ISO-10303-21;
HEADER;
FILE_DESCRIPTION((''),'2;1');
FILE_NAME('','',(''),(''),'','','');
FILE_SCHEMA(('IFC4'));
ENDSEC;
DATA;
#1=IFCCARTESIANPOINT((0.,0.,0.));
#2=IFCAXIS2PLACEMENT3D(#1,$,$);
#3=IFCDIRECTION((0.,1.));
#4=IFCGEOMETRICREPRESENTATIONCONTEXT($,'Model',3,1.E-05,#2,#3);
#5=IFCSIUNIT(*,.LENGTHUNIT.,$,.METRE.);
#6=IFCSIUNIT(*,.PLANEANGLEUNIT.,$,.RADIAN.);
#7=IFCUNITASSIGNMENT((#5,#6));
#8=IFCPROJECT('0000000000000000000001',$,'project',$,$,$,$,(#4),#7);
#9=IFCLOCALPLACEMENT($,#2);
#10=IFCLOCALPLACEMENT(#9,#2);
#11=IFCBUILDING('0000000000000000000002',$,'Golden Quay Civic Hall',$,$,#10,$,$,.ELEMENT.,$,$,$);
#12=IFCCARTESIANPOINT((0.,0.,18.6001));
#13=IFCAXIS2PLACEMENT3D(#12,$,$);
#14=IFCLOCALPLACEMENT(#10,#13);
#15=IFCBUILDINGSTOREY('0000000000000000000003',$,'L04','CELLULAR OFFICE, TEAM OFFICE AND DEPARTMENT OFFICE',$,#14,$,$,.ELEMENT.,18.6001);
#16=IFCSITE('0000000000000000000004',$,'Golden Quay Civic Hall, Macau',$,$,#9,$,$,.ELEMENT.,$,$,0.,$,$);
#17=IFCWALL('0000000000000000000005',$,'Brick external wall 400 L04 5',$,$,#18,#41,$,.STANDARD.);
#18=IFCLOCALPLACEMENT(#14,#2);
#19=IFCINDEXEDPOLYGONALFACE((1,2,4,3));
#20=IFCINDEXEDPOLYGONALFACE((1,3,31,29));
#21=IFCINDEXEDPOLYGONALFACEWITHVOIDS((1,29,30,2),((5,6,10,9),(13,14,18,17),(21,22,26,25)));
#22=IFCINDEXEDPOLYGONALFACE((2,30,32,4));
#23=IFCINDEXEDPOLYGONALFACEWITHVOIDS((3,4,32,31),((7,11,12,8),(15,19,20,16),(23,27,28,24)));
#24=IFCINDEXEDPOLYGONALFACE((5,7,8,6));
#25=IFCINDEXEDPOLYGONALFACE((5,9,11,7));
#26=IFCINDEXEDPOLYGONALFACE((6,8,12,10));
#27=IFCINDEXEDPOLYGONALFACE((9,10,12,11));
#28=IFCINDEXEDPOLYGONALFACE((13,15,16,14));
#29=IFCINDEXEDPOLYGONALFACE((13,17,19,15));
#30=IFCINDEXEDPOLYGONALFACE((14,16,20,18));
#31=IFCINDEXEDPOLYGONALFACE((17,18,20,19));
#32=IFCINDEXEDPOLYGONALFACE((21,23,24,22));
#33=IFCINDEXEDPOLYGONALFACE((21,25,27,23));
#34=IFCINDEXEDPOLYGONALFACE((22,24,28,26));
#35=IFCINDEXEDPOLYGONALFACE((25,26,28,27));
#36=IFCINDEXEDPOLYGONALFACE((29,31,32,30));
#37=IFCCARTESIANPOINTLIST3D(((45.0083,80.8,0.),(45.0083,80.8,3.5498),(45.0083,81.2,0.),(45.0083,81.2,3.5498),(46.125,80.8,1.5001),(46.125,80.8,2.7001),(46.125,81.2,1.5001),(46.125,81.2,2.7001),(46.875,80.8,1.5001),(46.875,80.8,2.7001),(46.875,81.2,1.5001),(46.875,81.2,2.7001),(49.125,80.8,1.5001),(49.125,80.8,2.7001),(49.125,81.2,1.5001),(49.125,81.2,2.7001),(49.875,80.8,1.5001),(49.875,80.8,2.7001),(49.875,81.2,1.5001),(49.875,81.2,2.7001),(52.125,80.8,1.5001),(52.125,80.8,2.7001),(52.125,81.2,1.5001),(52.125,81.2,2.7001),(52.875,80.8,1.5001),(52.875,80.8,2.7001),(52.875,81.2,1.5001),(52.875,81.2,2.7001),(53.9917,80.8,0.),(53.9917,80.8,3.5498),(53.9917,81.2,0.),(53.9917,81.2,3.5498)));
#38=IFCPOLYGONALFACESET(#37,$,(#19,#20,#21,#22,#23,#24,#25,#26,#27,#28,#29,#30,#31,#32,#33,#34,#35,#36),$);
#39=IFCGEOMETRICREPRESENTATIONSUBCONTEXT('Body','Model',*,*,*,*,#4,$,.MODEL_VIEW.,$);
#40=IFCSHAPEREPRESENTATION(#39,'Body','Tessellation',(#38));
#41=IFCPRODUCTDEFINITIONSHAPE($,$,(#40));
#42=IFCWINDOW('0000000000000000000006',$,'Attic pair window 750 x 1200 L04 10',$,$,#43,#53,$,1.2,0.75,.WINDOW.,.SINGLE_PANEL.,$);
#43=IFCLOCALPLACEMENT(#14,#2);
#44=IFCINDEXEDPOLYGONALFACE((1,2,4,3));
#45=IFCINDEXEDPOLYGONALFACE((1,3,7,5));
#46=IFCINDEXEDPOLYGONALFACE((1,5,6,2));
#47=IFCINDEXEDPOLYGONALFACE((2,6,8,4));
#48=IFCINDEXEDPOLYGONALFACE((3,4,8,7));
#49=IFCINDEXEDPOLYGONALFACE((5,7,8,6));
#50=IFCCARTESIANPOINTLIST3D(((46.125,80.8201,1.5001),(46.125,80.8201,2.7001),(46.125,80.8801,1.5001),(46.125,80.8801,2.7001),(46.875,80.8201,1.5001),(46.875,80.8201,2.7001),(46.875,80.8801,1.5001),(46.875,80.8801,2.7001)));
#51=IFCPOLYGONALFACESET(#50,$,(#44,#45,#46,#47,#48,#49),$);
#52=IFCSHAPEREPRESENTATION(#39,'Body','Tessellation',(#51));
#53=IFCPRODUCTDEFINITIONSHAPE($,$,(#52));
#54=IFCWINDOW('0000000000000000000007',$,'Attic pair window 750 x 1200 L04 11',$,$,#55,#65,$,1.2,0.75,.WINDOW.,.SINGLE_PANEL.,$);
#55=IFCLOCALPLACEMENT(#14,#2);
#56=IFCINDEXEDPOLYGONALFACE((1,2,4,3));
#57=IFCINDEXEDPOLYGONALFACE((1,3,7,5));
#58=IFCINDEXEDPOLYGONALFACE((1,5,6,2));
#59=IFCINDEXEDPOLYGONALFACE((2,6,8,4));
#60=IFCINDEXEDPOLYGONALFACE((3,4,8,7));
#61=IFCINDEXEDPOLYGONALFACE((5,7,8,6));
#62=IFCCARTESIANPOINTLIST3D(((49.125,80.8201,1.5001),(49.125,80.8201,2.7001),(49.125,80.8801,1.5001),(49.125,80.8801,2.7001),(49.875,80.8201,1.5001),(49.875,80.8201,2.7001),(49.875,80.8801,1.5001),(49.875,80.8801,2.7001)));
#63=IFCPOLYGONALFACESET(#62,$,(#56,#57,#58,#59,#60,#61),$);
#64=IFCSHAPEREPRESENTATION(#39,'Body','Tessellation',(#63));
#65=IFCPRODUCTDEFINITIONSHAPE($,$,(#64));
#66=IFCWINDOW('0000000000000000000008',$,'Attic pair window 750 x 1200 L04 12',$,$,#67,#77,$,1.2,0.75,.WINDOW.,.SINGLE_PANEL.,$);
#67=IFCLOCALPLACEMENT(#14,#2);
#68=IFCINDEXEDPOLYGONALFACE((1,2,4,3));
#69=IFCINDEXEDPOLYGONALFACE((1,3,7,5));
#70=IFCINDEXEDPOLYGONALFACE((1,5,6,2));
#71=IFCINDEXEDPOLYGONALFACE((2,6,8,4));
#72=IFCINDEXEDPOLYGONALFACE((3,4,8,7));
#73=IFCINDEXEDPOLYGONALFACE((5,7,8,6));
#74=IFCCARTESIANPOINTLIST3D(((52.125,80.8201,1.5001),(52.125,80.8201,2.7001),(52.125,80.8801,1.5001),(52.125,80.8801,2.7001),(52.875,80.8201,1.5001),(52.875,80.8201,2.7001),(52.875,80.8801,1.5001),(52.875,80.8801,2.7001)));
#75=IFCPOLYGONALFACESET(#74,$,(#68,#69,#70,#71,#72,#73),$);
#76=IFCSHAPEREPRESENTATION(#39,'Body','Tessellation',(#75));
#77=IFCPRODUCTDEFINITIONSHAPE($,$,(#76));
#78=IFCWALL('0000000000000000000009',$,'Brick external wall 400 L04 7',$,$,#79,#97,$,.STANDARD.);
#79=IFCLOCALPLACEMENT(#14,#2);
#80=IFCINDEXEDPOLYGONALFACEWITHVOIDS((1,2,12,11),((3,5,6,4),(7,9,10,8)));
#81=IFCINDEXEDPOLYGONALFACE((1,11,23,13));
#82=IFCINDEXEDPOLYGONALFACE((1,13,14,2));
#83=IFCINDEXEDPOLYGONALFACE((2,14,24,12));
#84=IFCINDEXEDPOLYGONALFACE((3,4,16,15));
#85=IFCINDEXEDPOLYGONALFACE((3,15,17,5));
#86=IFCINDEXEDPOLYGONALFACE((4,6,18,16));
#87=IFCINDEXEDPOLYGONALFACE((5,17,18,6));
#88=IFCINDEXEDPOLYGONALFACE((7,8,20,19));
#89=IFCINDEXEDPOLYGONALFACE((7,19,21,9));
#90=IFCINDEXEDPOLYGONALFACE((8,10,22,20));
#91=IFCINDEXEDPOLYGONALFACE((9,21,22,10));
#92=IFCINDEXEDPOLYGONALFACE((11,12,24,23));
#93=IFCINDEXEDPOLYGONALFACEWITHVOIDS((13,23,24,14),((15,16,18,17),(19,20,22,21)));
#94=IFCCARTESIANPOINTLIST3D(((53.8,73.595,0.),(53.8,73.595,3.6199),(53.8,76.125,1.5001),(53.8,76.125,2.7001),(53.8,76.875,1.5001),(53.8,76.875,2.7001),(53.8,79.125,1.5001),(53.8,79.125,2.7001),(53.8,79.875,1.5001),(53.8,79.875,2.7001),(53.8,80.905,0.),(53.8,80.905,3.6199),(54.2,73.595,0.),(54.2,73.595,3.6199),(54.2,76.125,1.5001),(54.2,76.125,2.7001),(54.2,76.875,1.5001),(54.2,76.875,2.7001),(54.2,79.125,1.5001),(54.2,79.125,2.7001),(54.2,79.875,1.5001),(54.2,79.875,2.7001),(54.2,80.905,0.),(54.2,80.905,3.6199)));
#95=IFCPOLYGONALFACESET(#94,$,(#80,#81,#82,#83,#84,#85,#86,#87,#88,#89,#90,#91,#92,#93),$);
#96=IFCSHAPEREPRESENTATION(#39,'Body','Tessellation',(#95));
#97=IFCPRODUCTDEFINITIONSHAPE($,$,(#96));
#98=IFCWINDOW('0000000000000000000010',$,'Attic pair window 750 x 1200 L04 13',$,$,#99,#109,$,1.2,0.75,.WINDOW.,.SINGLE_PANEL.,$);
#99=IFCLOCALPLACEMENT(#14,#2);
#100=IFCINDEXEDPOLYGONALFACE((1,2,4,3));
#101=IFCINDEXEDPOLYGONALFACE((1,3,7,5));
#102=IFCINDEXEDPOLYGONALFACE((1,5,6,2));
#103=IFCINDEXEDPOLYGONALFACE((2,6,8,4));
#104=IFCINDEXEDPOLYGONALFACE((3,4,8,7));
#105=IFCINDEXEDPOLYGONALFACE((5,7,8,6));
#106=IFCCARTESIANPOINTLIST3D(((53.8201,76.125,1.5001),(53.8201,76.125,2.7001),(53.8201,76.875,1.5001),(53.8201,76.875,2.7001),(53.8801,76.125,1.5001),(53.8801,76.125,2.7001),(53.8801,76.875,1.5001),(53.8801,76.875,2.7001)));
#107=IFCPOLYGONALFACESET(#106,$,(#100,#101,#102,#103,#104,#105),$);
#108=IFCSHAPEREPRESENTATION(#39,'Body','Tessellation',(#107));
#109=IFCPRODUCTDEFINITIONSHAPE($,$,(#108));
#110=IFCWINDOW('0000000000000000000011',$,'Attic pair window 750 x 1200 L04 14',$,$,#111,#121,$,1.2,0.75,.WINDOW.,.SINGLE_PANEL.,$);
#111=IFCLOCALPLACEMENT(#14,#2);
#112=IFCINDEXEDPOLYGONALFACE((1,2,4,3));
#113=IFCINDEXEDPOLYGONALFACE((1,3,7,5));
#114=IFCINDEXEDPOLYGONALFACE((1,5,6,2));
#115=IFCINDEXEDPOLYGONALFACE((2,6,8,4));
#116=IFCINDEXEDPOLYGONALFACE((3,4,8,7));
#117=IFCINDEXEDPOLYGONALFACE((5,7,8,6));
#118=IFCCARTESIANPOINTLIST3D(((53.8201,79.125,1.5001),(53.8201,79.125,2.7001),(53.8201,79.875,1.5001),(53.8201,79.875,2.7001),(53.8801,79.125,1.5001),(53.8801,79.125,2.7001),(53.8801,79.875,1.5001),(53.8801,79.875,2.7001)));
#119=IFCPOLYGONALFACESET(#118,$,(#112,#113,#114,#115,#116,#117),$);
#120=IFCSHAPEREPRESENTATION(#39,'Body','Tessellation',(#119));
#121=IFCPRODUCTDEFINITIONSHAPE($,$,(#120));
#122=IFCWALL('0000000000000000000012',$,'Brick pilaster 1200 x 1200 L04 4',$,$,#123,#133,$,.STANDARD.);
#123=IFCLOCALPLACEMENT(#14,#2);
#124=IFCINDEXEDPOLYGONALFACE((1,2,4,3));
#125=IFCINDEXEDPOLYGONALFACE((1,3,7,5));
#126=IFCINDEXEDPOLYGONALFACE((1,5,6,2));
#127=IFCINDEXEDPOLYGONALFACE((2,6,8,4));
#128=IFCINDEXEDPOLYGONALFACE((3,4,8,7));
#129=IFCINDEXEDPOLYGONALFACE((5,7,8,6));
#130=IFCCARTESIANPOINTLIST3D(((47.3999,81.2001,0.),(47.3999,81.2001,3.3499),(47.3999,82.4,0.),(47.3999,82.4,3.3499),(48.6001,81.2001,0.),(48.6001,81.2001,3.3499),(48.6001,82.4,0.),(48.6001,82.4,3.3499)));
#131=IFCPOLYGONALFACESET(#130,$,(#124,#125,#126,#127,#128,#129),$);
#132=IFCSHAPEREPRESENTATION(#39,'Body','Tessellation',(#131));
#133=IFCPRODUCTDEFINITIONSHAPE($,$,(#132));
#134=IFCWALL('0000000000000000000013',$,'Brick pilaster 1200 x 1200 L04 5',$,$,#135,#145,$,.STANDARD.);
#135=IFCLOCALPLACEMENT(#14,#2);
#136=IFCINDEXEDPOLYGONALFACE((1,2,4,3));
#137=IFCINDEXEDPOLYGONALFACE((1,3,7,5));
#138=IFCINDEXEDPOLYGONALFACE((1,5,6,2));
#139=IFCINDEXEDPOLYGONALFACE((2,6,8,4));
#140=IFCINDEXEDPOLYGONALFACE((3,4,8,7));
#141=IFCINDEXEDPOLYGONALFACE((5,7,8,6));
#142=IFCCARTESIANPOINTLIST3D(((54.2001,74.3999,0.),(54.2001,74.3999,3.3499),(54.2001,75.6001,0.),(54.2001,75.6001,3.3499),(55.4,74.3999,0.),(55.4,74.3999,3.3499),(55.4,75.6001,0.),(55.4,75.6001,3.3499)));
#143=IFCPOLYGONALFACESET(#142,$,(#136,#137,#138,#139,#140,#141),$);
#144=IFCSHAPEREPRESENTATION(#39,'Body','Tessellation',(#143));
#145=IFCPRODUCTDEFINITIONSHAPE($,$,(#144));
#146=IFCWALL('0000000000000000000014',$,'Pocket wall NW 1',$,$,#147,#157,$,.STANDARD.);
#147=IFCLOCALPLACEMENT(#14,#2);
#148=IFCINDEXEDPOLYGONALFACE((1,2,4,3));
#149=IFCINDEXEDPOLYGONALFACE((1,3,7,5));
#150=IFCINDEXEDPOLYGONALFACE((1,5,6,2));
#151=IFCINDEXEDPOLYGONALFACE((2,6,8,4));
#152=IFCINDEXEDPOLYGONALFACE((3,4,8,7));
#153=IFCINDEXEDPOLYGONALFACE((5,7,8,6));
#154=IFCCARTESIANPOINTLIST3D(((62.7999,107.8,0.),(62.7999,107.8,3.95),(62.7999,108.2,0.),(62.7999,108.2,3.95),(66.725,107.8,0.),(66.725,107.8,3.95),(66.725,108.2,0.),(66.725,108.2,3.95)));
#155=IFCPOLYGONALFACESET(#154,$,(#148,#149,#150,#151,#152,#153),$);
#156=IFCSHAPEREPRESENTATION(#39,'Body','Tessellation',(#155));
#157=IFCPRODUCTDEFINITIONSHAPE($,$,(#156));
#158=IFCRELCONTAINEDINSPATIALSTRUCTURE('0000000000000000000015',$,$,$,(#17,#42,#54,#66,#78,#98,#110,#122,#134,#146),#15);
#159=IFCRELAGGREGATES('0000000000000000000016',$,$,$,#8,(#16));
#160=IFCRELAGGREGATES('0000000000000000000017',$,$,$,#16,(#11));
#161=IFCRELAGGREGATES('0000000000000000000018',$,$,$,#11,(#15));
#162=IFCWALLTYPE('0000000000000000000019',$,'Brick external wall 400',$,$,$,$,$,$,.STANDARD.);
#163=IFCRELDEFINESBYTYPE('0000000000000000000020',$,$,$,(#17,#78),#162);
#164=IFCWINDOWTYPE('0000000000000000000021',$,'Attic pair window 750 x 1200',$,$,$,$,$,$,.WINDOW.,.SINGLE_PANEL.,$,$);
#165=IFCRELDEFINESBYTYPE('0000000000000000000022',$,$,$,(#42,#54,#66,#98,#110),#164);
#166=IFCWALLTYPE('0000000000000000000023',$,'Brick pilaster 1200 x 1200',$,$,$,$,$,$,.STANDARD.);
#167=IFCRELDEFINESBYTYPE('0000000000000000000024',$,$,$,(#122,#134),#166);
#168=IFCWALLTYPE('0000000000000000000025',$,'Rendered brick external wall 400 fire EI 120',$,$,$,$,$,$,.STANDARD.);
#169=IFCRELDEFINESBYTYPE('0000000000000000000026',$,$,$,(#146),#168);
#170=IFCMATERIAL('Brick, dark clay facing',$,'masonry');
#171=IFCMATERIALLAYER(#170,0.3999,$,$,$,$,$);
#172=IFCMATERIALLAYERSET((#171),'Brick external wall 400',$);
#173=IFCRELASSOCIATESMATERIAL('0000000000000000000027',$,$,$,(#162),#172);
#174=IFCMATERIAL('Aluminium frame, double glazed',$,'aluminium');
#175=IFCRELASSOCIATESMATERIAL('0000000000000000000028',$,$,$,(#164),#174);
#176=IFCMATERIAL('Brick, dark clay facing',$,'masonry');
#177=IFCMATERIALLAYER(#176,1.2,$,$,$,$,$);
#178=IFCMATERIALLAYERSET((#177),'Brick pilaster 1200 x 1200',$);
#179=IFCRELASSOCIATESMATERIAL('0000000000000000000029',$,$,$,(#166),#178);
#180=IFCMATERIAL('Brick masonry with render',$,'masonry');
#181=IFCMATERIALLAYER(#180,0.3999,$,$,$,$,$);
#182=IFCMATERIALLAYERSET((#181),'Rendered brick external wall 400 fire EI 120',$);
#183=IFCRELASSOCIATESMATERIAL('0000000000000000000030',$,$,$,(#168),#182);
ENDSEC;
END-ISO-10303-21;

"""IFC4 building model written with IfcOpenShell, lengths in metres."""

from ifc_helpers import new_model, si_unit, direction, frame, frame_2d, origin, place, context, subcontext, project, spatial, rectangle, extrude, material, layer, layer_set, type_object, element, fill, save


model = new_model("IFC4")

# Units and contexts
model_context = context("Model", 3, precision=1e-05, world=origin(), true_north=direction((0.0, 1.0)))
body_context = subcontext(model_context, "Body", "Model", "MODEL_VIEW")
ifc_project = project(units=[si_unit("LENGTHUNIT", "METRE"), si_unit("PLANEANGLEUNIT", "RADIAN")], contexts=[model_context])

# Site, building, storey
site_placement = place(None, origin())
site = spatial("IfcSite", under=ifc_project, at=site_placement, Name="Golden Quay Civic Hall, Macau", CompositionType="ELEMENT", RefElevation=0.0)
building_placement = place(site_placement, origin())
building = spatial("IfcBuilding", under=site, at=building_placement, Name="Golden Quay Civic Hall", CompositionType="ELEMENT")
storey_placement = place(building_placement, frame((0.0, 0.0, 18.6001)))
storey = spatial("IfcBuildingStorey", under=building, at=storey_placement, Name="L04", Description="CELLULAR OFFICE, TEAM OFFICE AND DEPARTMENT OFFICE", CompositionType="ELEMENT", Elevation=18.6001)

# Walls, openings, windows
ifc_material_1 = material(Name="Brick, dark clay facing", Category="masonry")
ifc_layer_1 = layer(ifc_material_1, 0.3999)
ifc_layer_set_1 = layer_set([ifc_layer_1], Name="Brick external wall 400")
wall_type_1 = type_object("IfcWallType", Name="Brick external wall 400", PredefinedType="STANDARD", material=ifc_layer_set_1)
wall_1_placement = place(storey_placement, frame((45.0083, 81.0, 0.0), z_axis=(0.0, 0.0, 1.0), x_axis=(1.0, 0.0, 0.0)))
wall_1 = element("IfcWall", 1, at=wall_1_placement, inside=storey, type_object=wall_type_1, Name="Brick external wall 400 L04 5", PredefinedType="STANDARD", context=body_context, shape_type="SweptSolid", body=[
    extrude(rectangle(XDim=8.9834, YDim=0.3999, at=frame_2d((4.4917, 0.0))), origin(), (0.0, 0.0, 1.0), 3.5498),
])
opening_1_placement = place(wall_1_placement, frame((1.1167, 0.0, 1.5)))
opening_1 = element("IfcOpeningElement", 2, at=opening_1_placement, cuts=wall_1, PredefinedType="OPENING", context=body_context, shape_type="SweptSolid", body=[
    extrude(rectangle(XDim=0.75, YDim=1.2, at=frame_2d((0.375, 0.6001))), frame((0.0, 0.21, 0.0), z_axis=(0.0, -1.0, 0.0), x_axis=(1.0, 0.0, 0.0)), (0.0, 0.0, 1.0), 0.4199),
])
opening_2_placement = place(wall_1_placement, frame((4.1167, 0.0, 1.5)))
opening_2 = element("IfcOpeningElement", 3, at=opening_2_placement, cuts=wall_1, PredefinedType="OPENING", context=body_context, shape_type="SweptSolid", body=[
    extrude(rectangle(XDim=0.75, YDim=1.2, at=frame_2d((0.375, 0.6001))), frame((0.0, 0.21, 0.0), z_axis=(0.0, -1.0, 0.0), x_axis=(1.0, 0.0, 0.0)), (0.0, 0.0, 1.0), 0.4199),
])
opening_3_placement = place(wall_1_placement, frame((7.1167, 0.0, 1.5)))
opening_3 = element("IfcOpeningElement", 4, at=opening_3_placement, cuts=wall_1, PredefinedType="OPENING", context=body_context, shape_type="SweptSolid", body=[
    extrude(rectangle(XDim=0.75, YDim=1.2, at=frame_2d((0.375, 0.6001))), frame((0.0, 0.21, 0.0), z_axis=(0.0, -1.0, 0.0), x_axis=(1.0, 0.0, 0.0)), (0.0, 0.0, 1.0), 0.4199),
])
ifc_material_2 = material(Name="Aluminium frame, double glazed", Category="aluminium")
window_type = type_object("IfcWindowType", Name="Attic pair window 750 x 1200", PartitioningType="SINGLE_PANEL", PredefinedType="WINDOW", material=ifc_material_2)
window_1_placement = place(opening_1_placement, origin())
window_1 = element("IfcWindow", 5, at=window_1_placement, inside=storey, type_object=window_type, Name="Attic pair window 750 x 1200 L04 10", OverallHeight=1.2, OverallWidth=0.75, PartitioningType="SINGLE_PANEL", PredefinedType="WINDOW", context=body_context, shape_type="SweptSolid", body=[
    extrude(rectangle(XDim=0.75, YDim=1.2, at=frame_2d((0.375, 0.6001))), frame((0.0, -0.1199, 0.0), z_axis=(0.0, -1.0, 0.0), x_axis=(1.0, 0.0, 0.0)), (0.0, 0.0, 1.0), 0.0601),
])
fill(opening_1, window_1)
window_2_placement = place(opening_2_placement, origin())
window_2 = element("IfcWindow", 6, at=window_2_placement, inside=storey, type_object=window_type, Name="Attic pair window 750 x 1200 L04 11", OverallHeight=1.2, OverallWidth=0.75, PartitioningType="SINGLE_PANEL", PredefinedType="WINDOW", context=body_context, shape_type="SweptSolid", body=[
    extrude(rectangle(XDim=0.75, YDim=1.2, at=frame_2d((0.375, 0.6001))), frame((0.0, -0.1199, 0.0), z_axis=(0.0, -1.0, 0.0), x_axis=(1.0, 0.0, 0.0)), (0.0, 0.0, 1.0), 0.0601),
])
fill(opening_2, window_2)
window_3_placement = place(opening_3_placement, origin())
window_3 = element("IfcWindow", 7, at=window_3_placement, inside=storey, type_object=window_type, Name="Attic pair window 750 x 1200 L04 12", OverallHeight=1.2, OverallWidth=0.75, PartitioningType="SINGLE_PANEL", PredefinedType="WINDOW", context=body_context, shape_type="SweptSolid", body=[
    extrude(rectangle(XDim=0.75, YDim=1.2, at=frame_2d((0.375, 0.6001))), frame((0.0, -0.1199, 0.0), z_axis=(0.0, -1.0, 0.0), x_axis=(1.0, 0.0, 0.0)), (0.0, 0.0, 1.0), 0.0601),
])
fill(opening_3, window_3)
wall_2_placement = place(storey_placement, frame((54.0, 80.905, 0.0), z_axis=(0.0, 0.0, 1.0), x_axis=(0.0, -1.0, 0.0)))
wall_2 = element("IfcWall", 8, at=wall_2_placement, inside=storey, type_object=wall_type_1, Name="Brick external wall 400 L04 7", PredefinedType="STANDARD", context=body_context, shape_type="SweptSolid", body=[
    extrude(rectangle(XDim=7.3101, YDim=0.3999, at=frame_2d((3.655, 0.0))), origin(), (0.0, 0.0, 1.0), 3.6199),
])
opening_4_placement = place(wall_2_placement, frame((4.03, 0.0, 1.5)))
opening_4 = element("IfcOpeningElement", 9, at=opening_4_placement, cuts=wall_2, PredefinedType="OPENING", context=body_context, shape_type="SweptSolid", body=[
    extrude(rectangle(XDim=0.75, YDim=1.2, at=frame_2d((0.375, 0.6001))), frame((0.0, 0.21, 0.0), z_axis=(0.0, -1.0, 0.0), x_axis=(1.0, 0.0, 0.0)), (0.0, 0.0, 1.0), 0.4199),
])
opening_5_placement = place(wall_2_placement, frame((1.03, 0.0, 1.5)))
opening_5 = element("IfcOpeningElement", 10, at=opening_5_placement, cuts=wall_2, PredefinedType="OPENING", context=body_context, shape_type="SweptSolid", body=[
    extrude(rectangle(XDim=0.75, YDim=1.2, at=frame_2d((0.375, 0.6001))), frame((0.0, 0.21, 0.0), z_axis=(0.0, -1.0, 0.0), x_axis=(1.0, 0.0, 0.0)), (0.0, 0.0, 1.0), 0.4199),
])
window_4_placement = place(opening_4_placement, origin())
window_4 = element("IfcWindow", 11, at=window_4_placement, inside=storey, type_object=window_type, Name="Attic pair window 750 x 1200 L04 13", OverallHeight=1.2, OverallWidth=0.75, PartitioningType="SINGLE_PANEL", PredefinedType="WINDOW", context=body_context, shape_type="SweptSolid", body=[
    extrude(rectangle(XDim=0.75, YDim=1.2, at=frame_2d((0.375, 0.6001))), frame((0.0, -0.1199, 0.0), z_axis=(0.0, -1.0, 0.0), x_axis=(1.0, 0.0, 0.0)), (0.0, 0.0, 1.0), 0.0601),
])
fill(opening_4, window_4)
window_5_placement = place(opening_5_placement, origin())
window_5 = element("IfcWindow", 12, at=window_5_placement, inside=storey, type_object=window_type, Name="Attic pair window 750 x 1200 L04 14", OverallHeight=1.2, OverallWidth=0.75, PartitioningType="SINGLE_PANEL", PredefinedType="WINDOW", context=body_context, shape_type="SweptSolid", body=[
    extrude(rectangle(XDim=0.75, YDim=1.2, at=frame_2d((0.375, 0.6001))), frame((0.0, -0.1199, 0.0), z_axis=(0.0, -1.0, 0.0), x_axis=(1.0, 0.0, 0.0)), (0.0, 0.0, 1.0), 0.0601),
])
fill(opening_5, window_5)

# Walls
ifc_material_3 = material(Name="Brick, dark clay facing", Category="masonry")
ifc_layer_2 = layer(ifc_material_3, 1.2)
ifc_layer_set_2 = layer_set([ifc_layer_2], Name="Brick pilaster 1200 x 1200")
wall_type_2 = type_object("IfcWallType", Name="Brick pilaster 1200 x 1200", PredefinedType="STANDARD", material=ifc_layer_set_2)
for number, where, z_axis, x_axis, name in (
    (13, (47.3999, 81.8, 0.0), (0.0, 0.0, 1.0), (1.0, 0.0, 0.0), "Brick pilaster 1200 x 1200 L04 4"),
    (14, (54.8, 74.3999, 0.0), (0.0, 0.0, 1.0), (0.0, 1.0, 0.0), "Brick pilaster 1200 x 1200 L04 5"),
):
    element("IfcWall", number, at=place(storey_placement, frame(where, z_axis=z_axis, x_axis=x_axis)), inside=storey, type_object=wall_type_2, Name=name, PredefinedType="STANDARD", context=body_context, shape_type="SweptSolid", body=[
        extrude(rectangle(XDim=1.2002, YDim=1.2, at=frame_2d((0.6001, 0.0))), origin(), (0.0, 0.0, 1.0), 3.3499),
    ])
ifc_material_4 = material(Name="Brick masonry with render", Category="masonry")
ifc_layer_3 = layer(ifc_material_4, 0.3999)
ifc_layer_set_3 = layer_set([ifc_layer_3], Name="Rendered brick external wall 400 fire EI 120")
wall_type_3 = type_object("IfcWallType", Name="Rendered brick external wall 400 fire EI 120", PredefinedType="STANDARD", material=ifc_layer_set_3)
wall_3_placement = place(storey_placement, frame((62.8, 108.0, 0.0), z_axis=(0.0, 0.0, 1.0), x_axis=(1.0, 0.0, 0.0)))
element("IfcWall", 15, at=wall_3_placement, inside=storey, type_object=wall_type_3, Name="Pocket wall NW 1", PredefinedType="STANDARD", context=body_context, shape_type="SweptSolid", body=[
    extrude(rectangle(XDim=3.925, YDim=0.3999, at=frame_2d((1.9624, 0.0))), origin(), (0.0, 0.0, 1.0), 3.95),
])

save(model, "model.ifc")
